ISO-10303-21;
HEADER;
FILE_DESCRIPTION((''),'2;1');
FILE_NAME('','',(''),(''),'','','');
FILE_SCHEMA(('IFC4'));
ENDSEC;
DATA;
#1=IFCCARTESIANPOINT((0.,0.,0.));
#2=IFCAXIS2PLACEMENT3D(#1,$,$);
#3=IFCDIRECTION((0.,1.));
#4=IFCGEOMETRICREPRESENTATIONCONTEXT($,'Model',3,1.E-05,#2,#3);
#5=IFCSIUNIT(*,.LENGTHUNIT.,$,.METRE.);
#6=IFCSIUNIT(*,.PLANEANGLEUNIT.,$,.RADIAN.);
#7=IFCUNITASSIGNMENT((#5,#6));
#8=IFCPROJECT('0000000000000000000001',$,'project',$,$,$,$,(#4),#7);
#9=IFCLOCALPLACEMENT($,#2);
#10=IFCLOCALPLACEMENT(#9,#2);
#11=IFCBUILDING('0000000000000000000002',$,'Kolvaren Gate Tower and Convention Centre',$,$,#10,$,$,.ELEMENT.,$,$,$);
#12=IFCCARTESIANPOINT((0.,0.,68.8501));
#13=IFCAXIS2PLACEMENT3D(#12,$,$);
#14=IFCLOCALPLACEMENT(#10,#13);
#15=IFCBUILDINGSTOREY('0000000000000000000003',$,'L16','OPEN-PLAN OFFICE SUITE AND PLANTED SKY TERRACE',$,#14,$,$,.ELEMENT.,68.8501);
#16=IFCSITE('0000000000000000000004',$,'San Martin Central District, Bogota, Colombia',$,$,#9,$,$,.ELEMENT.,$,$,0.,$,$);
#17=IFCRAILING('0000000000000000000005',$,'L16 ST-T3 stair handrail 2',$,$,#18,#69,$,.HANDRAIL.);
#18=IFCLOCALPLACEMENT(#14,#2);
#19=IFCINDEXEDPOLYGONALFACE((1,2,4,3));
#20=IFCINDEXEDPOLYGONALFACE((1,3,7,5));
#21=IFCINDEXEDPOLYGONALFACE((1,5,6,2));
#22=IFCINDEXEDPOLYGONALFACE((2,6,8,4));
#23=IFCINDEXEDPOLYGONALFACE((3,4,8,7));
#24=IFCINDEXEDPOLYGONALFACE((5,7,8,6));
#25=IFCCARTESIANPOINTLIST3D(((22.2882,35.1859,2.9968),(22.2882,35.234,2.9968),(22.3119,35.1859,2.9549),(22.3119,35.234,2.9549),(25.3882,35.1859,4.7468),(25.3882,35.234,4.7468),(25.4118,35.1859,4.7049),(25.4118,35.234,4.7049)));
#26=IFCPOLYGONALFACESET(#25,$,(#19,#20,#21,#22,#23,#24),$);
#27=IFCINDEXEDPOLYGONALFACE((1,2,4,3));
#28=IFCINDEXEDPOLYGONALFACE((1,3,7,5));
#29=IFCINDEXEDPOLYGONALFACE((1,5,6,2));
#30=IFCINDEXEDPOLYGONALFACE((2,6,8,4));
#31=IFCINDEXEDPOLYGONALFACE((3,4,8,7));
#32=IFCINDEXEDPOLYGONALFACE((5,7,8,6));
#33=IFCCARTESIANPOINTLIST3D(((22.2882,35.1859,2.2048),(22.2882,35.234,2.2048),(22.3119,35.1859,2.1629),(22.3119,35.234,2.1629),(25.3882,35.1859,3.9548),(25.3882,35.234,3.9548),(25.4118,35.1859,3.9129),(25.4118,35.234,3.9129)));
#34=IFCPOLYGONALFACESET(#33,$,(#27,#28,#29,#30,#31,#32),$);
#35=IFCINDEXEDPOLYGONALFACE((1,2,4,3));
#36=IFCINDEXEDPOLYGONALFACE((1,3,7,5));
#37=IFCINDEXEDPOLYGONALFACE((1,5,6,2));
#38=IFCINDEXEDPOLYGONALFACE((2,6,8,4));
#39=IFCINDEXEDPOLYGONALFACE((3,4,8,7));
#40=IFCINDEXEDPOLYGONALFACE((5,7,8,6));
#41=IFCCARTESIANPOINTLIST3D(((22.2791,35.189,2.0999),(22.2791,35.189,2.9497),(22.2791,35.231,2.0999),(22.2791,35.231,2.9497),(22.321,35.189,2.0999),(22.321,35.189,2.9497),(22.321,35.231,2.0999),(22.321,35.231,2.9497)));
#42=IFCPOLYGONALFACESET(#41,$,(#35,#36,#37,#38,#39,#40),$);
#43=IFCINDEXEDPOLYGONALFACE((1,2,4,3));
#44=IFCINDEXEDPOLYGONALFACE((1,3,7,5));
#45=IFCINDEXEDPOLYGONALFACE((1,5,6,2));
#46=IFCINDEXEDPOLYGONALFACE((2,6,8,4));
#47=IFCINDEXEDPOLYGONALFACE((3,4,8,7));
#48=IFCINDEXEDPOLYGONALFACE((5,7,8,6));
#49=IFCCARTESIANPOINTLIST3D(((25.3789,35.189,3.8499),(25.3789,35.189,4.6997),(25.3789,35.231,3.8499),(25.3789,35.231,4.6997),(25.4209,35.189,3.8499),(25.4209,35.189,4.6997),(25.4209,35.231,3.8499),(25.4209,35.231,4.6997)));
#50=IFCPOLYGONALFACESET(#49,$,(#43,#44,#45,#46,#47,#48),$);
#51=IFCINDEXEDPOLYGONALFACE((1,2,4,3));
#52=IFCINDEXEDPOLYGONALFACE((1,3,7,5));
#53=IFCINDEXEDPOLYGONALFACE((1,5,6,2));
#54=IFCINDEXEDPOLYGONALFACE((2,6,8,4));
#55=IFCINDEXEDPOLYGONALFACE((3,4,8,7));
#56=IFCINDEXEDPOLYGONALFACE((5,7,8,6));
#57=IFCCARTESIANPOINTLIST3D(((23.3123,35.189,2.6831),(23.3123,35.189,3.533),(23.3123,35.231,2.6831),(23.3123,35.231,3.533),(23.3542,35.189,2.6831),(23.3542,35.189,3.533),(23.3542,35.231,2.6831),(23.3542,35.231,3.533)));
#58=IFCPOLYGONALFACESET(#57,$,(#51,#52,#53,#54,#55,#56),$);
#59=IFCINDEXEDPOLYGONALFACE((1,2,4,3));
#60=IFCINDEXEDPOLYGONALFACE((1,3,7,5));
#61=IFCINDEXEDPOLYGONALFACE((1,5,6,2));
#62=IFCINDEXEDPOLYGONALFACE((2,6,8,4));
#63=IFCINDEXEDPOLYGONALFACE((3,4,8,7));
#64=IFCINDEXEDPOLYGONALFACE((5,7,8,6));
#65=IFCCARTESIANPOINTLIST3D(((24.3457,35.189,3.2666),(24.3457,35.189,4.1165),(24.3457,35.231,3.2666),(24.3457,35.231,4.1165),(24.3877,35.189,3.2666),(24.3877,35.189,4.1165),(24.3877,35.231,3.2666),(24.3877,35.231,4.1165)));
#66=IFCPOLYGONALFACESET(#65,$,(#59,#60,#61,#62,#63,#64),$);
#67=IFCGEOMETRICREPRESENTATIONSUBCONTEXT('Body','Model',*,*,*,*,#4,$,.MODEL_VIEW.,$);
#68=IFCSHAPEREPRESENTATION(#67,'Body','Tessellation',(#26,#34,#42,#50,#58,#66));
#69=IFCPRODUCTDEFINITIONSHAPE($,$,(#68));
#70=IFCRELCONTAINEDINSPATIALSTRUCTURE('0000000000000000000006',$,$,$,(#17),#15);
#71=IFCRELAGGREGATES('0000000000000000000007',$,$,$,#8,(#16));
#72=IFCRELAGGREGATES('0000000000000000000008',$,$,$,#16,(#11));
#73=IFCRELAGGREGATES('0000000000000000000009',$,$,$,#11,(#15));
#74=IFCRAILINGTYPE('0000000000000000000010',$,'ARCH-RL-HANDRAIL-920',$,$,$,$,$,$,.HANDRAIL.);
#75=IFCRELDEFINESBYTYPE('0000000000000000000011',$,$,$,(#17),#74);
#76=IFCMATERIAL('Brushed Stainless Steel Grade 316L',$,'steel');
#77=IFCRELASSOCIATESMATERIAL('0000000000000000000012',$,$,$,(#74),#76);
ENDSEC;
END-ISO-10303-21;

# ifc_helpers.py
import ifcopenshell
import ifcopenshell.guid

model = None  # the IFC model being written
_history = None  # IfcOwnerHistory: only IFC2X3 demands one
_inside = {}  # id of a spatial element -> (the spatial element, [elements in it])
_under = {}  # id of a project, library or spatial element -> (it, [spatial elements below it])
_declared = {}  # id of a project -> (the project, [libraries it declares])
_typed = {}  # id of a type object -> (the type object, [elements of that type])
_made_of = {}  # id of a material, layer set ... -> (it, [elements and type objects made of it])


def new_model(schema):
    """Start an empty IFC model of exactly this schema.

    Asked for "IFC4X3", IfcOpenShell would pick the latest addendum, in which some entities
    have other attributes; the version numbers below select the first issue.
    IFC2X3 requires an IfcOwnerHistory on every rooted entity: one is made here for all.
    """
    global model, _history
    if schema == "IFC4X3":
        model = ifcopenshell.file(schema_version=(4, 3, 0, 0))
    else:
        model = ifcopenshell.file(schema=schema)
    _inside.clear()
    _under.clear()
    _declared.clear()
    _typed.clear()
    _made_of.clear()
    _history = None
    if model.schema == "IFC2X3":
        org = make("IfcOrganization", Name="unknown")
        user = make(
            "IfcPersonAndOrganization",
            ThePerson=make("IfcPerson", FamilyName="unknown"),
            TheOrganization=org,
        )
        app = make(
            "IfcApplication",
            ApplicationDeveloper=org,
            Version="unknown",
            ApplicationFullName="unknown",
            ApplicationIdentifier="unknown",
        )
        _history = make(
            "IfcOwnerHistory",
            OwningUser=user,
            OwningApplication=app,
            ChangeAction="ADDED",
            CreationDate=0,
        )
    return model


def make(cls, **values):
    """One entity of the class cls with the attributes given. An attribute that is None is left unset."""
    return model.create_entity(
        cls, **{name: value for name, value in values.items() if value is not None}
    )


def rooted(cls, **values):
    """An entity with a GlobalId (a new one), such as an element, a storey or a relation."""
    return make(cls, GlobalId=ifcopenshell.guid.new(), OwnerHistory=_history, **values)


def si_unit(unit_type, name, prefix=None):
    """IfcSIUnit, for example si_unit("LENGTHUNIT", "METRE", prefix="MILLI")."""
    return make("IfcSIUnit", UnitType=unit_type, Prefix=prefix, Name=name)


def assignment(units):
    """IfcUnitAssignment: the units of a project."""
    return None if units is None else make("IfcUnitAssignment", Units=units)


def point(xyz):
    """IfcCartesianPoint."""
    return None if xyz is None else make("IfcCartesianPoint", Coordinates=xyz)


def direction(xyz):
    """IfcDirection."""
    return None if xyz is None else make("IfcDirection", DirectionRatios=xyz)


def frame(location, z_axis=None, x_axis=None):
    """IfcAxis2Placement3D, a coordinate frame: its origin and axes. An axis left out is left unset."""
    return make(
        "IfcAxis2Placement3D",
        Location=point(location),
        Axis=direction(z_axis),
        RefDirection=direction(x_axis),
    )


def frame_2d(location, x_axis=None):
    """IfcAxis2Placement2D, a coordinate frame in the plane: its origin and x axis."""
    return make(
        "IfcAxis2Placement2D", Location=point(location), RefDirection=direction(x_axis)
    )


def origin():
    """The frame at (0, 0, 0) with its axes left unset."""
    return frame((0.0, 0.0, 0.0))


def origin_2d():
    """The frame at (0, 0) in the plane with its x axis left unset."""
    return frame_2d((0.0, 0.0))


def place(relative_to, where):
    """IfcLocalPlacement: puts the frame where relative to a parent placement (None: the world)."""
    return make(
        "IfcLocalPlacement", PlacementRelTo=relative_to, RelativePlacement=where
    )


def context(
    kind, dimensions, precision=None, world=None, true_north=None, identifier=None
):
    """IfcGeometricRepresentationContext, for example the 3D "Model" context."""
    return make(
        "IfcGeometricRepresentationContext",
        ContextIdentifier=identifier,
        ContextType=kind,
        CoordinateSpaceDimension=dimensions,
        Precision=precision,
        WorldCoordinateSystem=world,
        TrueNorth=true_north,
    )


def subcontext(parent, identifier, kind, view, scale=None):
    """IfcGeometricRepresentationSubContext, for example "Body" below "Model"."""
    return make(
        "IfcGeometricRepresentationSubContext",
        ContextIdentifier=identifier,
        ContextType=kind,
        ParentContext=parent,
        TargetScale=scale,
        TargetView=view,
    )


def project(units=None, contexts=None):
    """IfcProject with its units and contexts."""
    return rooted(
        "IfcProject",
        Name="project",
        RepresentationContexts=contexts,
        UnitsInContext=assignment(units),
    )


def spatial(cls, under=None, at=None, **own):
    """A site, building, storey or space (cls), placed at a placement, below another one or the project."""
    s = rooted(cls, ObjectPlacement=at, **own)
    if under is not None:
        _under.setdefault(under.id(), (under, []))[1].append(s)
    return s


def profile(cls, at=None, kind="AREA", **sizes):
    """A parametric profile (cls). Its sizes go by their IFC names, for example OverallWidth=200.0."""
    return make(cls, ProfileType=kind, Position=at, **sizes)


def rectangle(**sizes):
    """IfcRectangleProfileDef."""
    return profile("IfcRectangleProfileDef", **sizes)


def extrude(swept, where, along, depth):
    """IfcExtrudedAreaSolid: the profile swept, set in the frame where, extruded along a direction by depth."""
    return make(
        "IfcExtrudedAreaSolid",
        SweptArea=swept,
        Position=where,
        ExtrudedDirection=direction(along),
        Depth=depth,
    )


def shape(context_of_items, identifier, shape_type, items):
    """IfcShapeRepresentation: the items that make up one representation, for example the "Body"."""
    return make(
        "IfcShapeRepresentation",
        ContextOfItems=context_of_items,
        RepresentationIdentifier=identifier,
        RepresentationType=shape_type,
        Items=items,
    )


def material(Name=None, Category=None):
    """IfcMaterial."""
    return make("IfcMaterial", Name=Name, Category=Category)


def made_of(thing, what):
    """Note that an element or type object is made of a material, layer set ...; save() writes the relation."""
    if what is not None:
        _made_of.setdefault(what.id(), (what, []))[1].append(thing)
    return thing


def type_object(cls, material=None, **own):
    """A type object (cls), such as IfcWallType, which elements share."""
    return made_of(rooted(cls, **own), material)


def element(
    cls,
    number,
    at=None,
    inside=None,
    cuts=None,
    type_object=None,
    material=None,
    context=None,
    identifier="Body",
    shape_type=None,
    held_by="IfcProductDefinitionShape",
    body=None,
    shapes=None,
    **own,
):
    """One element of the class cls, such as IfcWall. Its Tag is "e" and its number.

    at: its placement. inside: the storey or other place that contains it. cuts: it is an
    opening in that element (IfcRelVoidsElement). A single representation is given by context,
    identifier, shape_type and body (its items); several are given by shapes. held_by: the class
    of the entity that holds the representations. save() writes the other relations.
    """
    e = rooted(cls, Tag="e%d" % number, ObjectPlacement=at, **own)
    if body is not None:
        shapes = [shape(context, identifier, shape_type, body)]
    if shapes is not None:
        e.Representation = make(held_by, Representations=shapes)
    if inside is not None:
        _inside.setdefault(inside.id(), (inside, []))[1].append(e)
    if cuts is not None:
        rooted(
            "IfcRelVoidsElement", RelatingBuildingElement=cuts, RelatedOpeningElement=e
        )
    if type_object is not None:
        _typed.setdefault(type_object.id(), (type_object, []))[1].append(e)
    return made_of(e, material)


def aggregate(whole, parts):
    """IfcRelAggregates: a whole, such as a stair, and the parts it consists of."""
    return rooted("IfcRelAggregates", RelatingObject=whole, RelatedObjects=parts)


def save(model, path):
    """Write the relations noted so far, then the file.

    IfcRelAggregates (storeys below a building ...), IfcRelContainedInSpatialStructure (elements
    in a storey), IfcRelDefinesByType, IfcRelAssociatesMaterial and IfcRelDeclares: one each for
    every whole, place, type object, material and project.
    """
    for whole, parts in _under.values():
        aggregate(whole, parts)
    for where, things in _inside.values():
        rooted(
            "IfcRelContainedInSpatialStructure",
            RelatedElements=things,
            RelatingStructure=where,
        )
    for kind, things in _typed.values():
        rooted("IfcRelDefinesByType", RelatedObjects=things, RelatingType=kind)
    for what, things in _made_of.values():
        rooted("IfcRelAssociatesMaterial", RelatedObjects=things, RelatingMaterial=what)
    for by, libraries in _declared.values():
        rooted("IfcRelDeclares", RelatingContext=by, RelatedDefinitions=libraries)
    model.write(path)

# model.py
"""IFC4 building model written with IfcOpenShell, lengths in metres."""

from ifc_helpers import new_model, si_unit, direction, frame, origin, origin_2d, place, context, subcontext, project, spatial, rectangle, extrude, material, type_object, element, save


model = new_model("IFC4")

# Units and contexts
model_context = context("Model", 3, precision=1e-05, world=origin(), true_north=direction((0.0, 1.0)))
body_context = subcontext(model_context, "Body", "Model", "MODEL_VIEW")
ifc_project = project(units=[si_unit("LENGTHUNIT", "METRE"), si_unit("PLANEANGLEUNIT", "RADIAN")], contexts=[model_context])

# Site, building, storey
site_placement = place(None, origin())
site = spatial("IfcSite", under=ifc_project, at=site_placement, Name="San Martin Central District, Bogota, Colombia", CompositionType="ELEMENT", RefElevation=0.0)
building_placement = place(site_placement, origin())
building = spatial("IfcBuilding", under=site, at=building_placement, Name="Kolvaren Gate Tower and Convention Centre", CompositionType="ELEMENT")
storey_placement = place(building_placement, frame((0.0, 0.0, 68.8501)))
storey = spatial("IfcBuildingStorey", under=building, at=storey_placement, Name="L16", Description="OPEN-PLAN OFFICE SUITE AND PLANTED SKY TERRACE", CompositionType="ELEMENT", Elevation=68.8501)

# Railing
ifc_material_1 = material(Name="Brushed Stainless Steel Grade 316L", Category="steel")
railing_type_1 = type_object("IfcRailingType", Name="ARCH-RL-HANDRAIL-920", PredefinedType="HANDRAIL", material=ifc_material_1)
railing_1_placement = place(storey_placement, frame((22.3, 35.21, 2.0999)))
element("IfcRailing", 1, at=railing_1_placement, inside=storey, type_object=railing_type_1, Name="L16 ST-T3 stair handrail 2", PredefinedType="HANDRAIL", context=body_context, shape_type="SweptSolid", body=[
    extrude(rectangle(XDim=0.0481, YDim=0.0481, at=origin_2d()), frame((0.0, 0.0, 0.876), z_axis=(0.870814, 0.0, 0.491612), x_axis=(0.0, 1.0, 0.0)), (0.0, 0.0, 1.0), 3.5598),
    extrude(rectangle(XDim=0.0481, YDim=0.0481, at=origin_2d()), frame((0.0, 0.0, 0.084), z_axis=(0.870814, 0.0, 0.491612), x_axis=(0.0, 1.0, 0.0)), (0.0, 0.0, 1.0), 3.5598),
    extrude(rectangle(XDim=0.042, YDim=0.042, at=origin_2d()), origin(), (0.0, 0.0, 1.0), 0.8499),
    extrude(rectangle(XDim=0.042, YDim=0.042, at=origin_2d()), frame((3.0999, 0.0, 1.75)), (0.0, 0.0, 1.0), 0.8499),
    extrude(rectangle(XDim=0.042, YDim=0.042, at=origin_2d()), frame((1.0332, 0.0, 0.5833)), (0.0, 0.0, 1.0), 0.8499),
    extrude(rectangle(XDim=0.042, YDim=0.042, at=origin_2d()), frame((2.0667, 0.0, 1.1667)), (0.0, 0.0, 1.0), 0.8499),
])

save(model, "model.ifc")
